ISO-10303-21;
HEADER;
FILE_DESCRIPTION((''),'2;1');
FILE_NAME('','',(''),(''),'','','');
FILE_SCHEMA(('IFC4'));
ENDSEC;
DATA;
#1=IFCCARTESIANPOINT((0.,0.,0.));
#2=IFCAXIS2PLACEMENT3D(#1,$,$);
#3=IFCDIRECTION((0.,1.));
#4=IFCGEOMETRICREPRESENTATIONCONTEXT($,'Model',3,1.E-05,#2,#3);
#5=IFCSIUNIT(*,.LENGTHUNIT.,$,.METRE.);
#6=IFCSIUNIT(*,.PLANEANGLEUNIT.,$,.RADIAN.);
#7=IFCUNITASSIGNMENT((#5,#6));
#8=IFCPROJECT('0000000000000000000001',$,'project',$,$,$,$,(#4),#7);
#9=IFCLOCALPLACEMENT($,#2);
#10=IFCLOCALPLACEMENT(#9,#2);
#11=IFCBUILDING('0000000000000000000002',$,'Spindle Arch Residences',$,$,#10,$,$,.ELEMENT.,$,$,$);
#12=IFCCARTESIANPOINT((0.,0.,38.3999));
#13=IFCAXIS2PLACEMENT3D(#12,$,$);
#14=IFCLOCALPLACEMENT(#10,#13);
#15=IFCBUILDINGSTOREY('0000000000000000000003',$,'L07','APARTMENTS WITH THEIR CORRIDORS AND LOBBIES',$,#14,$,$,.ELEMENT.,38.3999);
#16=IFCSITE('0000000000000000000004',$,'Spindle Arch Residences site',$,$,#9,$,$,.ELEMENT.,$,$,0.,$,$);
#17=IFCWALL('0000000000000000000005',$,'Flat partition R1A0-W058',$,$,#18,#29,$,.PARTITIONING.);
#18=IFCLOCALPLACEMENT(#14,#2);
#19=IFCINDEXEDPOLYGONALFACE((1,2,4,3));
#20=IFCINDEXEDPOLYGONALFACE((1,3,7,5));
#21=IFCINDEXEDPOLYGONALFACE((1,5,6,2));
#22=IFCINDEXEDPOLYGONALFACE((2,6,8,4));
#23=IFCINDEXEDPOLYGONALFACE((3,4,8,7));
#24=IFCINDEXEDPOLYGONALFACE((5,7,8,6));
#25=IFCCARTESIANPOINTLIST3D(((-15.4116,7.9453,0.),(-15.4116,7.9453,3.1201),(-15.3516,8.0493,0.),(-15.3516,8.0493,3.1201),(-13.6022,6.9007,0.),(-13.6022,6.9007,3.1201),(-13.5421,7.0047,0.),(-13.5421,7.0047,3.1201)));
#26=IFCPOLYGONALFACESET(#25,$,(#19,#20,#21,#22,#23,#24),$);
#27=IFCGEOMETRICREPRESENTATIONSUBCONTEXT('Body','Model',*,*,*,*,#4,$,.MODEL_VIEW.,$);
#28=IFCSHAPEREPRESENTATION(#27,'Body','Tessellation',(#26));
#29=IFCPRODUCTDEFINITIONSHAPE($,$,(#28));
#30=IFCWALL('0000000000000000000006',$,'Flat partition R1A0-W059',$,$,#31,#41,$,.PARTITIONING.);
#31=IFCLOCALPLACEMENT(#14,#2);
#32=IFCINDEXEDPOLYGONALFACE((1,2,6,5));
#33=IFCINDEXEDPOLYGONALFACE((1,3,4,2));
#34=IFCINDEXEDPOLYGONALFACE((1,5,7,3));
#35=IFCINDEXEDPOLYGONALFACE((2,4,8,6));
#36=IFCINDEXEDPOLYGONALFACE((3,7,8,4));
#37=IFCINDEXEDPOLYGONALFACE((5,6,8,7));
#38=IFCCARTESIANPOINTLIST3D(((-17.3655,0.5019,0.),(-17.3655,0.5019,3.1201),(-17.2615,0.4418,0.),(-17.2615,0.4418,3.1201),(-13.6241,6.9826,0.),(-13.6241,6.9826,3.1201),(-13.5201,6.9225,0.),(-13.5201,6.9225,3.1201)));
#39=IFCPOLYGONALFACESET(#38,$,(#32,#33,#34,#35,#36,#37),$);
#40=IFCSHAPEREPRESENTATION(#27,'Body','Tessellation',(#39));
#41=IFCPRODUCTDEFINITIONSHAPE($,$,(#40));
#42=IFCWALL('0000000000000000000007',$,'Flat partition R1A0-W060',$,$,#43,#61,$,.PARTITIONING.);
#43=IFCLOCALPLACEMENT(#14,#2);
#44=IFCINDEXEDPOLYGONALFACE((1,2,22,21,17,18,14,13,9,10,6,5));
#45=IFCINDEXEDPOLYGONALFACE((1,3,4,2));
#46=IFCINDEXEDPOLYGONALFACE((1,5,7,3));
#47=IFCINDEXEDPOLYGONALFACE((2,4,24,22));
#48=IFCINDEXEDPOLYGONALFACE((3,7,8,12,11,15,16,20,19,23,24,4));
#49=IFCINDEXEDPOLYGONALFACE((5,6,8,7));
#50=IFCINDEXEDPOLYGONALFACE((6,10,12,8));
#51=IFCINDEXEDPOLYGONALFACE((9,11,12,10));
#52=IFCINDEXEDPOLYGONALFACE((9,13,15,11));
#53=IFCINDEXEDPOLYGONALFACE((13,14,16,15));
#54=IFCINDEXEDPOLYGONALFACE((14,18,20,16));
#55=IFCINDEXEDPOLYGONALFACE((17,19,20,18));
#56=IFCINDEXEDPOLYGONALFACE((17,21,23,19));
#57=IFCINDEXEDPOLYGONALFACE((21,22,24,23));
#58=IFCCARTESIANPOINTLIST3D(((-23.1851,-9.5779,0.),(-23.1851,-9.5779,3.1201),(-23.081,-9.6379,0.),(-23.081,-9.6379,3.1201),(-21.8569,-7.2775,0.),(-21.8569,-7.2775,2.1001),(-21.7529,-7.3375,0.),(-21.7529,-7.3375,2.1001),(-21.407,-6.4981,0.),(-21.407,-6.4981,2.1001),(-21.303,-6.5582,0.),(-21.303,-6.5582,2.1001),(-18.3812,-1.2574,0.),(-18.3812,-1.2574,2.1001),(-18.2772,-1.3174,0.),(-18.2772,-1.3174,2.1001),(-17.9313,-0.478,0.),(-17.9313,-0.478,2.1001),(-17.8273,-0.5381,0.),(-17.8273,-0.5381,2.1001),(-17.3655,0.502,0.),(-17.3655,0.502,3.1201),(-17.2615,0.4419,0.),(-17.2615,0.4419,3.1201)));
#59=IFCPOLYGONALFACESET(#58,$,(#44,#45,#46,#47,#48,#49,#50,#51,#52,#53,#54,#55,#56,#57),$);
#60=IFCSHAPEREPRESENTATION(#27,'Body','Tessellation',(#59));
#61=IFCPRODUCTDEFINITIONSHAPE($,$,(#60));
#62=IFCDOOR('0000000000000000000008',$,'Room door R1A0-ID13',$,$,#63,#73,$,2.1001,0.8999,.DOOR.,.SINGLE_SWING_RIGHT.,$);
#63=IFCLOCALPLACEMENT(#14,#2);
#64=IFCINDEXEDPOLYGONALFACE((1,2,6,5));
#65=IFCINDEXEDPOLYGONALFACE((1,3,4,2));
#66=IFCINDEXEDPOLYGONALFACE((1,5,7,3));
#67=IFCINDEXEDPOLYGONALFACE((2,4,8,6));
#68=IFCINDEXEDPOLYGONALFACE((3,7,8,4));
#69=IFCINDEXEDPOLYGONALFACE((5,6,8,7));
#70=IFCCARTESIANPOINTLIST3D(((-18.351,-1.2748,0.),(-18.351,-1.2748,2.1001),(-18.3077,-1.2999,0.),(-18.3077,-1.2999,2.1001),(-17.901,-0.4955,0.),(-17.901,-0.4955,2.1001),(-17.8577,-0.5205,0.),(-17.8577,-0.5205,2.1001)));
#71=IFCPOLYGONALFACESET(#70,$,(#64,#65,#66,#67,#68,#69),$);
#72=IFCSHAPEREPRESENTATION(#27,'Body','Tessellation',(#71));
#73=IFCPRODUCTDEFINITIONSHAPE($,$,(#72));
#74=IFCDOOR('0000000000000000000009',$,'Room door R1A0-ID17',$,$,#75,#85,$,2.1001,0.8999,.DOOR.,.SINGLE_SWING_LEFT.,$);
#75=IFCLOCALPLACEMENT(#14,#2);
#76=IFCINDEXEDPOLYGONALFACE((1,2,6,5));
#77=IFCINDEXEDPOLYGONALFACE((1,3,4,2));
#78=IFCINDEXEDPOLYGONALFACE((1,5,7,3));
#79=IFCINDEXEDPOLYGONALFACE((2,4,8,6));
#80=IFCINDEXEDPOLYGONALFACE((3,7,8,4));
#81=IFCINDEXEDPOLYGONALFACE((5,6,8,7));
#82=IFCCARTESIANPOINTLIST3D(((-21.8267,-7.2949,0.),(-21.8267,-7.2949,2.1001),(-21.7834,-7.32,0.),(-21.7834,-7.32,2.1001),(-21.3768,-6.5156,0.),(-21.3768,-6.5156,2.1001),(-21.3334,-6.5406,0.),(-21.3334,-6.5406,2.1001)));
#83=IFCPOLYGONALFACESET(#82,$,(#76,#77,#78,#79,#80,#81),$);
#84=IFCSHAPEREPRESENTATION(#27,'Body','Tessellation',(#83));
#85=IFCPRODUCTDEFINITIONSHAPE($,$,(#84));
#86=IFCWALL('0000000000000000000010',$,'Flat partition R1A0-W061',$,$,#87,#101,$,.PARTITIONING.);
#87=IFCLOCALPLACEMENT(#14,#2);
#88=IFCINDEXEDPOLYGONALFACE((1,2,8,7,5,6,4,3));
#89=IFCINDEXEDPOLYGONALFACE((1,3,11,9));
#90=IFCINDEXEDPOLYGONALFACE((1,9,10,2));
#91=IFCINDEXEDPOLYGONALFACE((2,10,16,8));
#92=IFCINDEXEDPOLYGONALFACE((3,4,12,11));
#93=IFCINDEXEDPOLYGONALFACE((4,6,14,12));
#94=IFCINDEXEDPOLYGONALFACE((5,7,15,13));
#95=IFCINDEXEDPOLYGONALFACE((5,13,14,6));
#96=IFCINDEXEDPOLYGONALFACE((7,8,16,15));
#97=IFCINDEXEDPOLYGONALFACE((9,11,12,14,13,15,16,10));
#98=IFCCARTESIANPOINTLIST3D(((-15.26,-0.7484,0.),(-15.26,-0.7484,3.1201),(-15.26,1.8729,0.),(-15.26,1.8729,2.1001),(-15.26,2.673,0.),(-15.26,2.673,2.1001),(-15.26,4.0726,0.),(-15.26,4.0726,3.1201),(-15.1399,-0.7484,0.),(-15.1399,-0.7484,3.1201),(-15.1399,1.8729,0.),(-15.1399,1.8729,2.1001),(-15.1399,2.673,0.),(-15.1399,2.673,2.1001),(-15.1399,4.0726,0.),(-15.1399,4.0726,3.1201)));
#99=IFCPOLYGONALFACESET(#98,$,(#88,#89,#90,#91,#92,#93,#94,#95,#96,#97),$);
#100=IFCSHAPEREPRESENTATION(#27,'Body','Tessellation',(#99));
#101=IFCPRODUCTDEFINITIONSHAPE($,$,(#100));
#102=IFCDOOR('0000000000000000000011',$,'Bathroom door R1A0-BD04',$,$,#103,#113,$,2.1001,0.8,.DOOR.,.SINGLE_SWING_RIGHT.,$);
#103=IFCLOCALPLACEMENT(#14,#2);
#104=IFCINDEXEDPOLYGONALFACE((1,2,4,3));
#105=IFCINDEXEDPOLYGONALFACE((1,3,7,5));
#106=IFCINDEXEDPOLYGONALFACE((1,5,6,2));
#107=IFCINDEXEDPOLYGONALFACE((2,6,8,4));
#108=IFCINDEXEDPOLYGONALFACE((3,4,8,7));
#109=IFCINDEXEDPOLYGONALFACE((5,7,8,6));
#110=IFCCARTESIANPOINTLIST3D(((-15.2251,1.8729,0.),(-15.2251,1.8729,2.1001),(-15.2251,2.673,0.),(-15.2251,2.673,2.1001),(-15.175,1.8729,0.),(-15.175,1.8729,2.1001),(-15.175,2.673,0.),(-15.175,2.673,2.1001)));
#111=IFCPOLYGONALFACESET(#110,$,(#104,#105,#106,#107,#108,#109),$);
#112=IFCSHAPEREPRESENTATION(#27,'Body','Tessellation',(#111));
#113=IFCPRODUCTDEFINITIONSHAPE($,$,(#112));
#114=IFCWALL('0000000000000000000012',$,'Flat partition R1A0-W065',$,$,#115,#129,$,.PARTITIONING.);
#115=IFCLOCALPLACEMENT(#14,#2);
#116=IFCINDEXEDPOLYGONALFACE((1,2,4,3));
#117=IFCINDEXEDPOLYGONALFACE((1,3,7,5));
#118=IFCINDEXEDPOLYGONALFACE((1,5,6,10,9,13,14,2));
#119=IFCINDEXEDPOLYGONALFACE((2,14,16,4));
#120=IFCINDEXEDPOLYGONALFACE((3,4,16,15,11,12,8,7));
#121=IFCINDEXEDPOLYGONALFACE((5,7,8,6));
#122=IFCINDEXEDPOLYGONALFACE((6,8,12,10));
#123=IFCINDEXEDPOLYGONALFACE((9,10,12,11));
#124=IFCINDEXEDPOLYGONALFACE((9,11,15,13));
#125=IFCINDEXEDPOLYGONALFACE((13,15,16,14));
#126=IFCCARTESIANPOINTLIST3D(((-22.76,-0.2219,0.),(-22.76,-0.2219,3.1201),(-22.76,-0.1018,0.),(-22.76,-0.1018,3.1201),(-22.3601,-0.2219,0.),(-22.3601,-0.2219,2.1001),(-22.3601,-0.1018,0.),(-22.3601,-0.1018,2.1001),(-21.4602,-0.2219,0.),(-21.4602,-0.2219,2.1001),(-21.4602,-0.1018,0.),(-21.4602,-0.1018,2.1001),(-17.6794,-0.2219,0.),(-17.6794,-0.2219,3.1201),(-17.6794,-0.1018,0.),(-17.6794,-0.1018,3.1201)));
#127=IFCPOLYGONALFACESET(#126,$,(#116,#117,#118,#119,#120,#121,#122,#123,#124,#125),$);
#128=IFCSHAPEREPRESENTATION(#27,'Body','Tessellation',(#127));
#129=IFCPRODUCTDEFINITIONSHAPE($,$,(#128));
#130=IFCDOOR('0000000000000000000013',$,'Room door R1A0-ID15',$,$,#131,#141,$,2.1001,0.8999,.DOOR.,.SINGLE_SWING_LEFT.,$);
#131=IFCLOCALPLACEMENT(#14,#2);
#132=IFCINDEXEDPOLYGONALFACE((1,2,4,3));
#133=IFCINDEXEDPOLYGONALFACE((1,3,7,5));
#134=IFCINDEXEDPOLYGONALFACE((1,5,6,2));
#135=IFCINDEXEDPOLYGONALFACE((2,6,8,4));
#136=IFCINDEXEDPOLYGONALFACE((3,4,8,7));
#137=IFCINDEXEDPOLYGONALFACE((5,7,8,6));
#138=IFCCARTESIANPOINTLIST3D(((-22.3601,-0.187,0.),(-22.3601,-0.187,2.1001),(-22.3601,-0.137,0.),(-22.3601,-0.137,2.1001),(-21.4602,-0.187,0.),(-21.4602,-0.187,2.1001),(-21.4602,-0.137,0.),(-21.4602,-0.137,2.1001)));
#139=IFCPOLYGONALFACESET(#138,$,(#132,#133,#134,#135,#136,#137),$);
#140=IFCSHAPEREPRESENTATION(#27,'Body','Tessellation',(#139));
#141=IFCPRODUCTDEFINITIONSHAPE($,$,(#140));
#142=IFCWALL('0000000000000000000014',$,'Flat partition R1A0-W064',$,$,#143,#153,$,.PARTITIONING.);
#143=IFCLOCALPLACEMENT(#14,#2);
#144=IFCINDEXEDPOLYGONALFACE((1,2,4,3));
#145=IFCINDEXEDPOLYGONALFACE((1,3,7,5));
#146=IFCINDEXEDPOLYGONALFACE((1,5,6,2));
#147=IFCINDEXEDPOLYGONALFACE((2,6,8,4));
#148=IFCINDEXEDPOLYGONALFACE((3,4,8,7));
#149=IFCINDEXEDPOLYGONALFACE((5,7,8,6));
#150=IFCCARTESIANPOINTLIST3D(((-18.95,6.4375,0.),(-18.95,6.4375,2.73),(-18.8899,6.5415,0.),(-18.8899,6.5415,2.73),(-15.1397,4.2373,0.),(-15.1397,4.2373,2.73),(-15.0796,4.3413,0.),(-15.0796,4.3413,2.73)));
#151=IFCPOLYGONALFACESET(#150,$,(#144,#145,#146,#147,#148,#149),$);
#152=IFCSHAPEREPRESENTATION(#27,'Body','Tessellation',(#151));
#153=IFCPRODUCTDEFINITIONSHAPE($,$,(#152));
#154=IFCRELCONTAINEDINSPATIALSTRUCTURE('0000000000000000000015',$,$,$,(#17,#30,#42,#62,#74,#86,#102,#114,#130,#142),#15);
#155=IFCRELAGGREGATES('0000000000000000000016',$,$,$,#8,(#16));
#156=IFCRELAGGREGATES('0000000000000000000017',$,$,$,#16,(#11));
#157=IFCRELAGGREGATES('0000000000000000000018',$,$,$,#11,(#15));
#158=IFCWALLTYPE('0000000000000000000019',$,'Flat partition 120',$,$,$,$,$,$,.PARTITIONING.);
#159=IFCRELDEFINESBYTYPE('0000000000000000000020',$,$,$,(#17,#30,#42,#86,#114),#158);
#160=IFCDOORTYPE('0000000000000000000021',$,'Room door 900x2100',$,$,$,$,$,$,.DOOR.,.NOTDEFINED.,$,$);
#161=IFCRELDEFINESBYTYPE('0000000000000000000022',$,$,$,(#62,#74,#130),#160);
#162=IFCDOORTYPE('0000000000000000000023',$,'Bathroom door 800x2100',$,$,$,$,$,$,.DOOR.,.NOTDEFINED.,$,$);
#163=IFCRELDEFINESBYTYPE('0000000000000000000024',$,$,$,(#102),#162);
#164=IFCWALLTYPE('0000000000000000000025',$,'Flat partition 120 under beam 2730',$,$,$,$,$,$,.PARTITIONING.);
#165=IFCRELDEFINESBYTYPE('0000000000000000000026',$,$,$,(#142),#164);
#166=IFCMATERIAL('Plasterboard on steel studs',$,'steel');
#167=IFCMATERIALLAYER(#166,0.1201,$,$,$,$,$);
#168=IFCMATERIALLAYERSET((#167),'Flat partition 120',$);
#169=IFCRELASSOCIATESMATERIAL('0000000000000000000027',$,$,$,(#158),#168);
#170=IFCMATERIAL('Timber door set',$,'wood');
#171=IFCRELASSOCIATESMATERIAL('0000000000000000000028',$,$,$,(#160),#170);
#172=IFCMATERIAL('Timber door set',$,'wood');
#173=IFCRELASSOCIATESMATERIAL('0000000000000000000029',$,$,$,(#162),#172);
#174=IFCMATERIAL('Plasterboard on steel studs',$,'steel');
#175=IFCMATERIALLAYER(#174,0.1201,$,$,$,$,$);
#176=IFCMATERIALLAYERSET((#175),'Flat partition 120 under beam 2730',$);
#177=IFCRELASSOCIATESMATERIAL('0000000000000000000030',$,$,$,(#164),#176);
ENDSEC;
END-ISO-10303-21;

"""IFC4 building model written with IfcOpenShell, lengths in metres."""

from ifc_helpers import new_model, si_unit, direction, frame, frame_2d, origin, place, context, subcontext, project, spatial, rectangle, extrude, material, layer, layer_set, type_object, element, fill, save


model = new_model("IFC4")

# Units and contexts
model_context = context("Model", 3, precision=1e-05, world=origin(), true_north=direction((0.0, 1.0)))
body_context = subcontext(model_context, "Body", "Model", "MODEL_VIEW")
ifc_project = project(units=[si_unit("LENGTHUNIT", "METRE"), si_unit("PLANEANGLEUNIT", "RADIAN")], contexts=[model_context])

# Site, building, storey
site_placement = place(None, origin())
site = spatial("IfcSite", under=ifc_project, at=site_placement, Name="Spindle Arch Residences site", CompositionType="ELEMENT", RefElevation=0.0)
building_placement = place(site_placement, origin())
building = spatial("IfcBuilding", under=site, at=building_placement, Name="Spindle Arch Residences", CompositionType="ELEMENT")
storey_placement = place(building_placement, frame((0.0, 0.0, 38.3999)))
storey = spatial("IfcBuildingStorey", under=building, at=storey_placement, Name="L07", Description="APARTMENTS WITH THEIR CORRIDORS AND LOBBIES", CompositionType="ELEMENT", Elevation=38.3999)

# Shared definitions
ifc_material_1 = material(Name="Plasterboard on steel studs", Category="steel")
ifc_layer_1 = layer(ifc_material_1, 0.1201)
ifc_layer_set_1 = layer_set([ifc_layer_1], Name="Flat partition 120")
wall_type_1 = type_object("IfcWallType", Name="Flat partition 120", PredefinedType="PARTITIONING", material=ifc_layer_set_1)
ifc_material_2 = material(Name="Timber door set", Category="wood")
door_type_1 = type_object("IfcDoorType", Name="Room door 900x2100", OperationType="NOTDEFINED", PredefinedType="DOOR", material=ifc_material_2)

# Walls
wall_1_placement = place(storey_placement, frame((-15.3816, 7.9973, 0.0), z_axis=(0.0, 0.0, 1.0), x_axis=(0.866042, -0.499972, 0.0)))
element("IfcWall", 1, at=wall_1_placement, inside=storey, type_object=wall_type_1, Name="Flat partition R1A0-W058", PredefinedType="PARTITIONING", context=body_context, shape_type="SweptSolid", body=[
    extrude(rectangle(XDim=2.0894, YDim=0.1201, at=frame_2d((1.0447, 0.0))), origin(), (0.0, 0.0, 1.0), 3.1201),
])
wall_2_placement = place(storey_placement, frame((-13.572, 6.9526, 0.0), z_axis=(0.0, 0.0, 1.0), x_axis=(-0.499981, -0.866036, 0.0)))
element("IfcWall", 2, at=wall_2_placement, inside=storey, type_object=wall_type_1, Name="Flat partition R1A0-W059", PredefinedType="PARTITIONING", context=body_context, shape_type="SweptSolid", body=[
    extrude(rectangle(XDim=7.4832, YDim=0.1201, at=frame_2d((3.7417, 0.0))), origin(), (0.0, 0.0, 1.0), 3.1201),
])

# Wall, openings, doors
wall_3_placement = place(storey_placement, frame((-17.3135, 0.4719, 0.0), z_axis=(0.0, 0.0, 1.0), x_axis=(-0.499999, -0.866026, 0.0)))
wall_3 = element("IfcWall", 3, at=wall_3_placement, inside=storey, type_object=wall_type_1, Name="Flat partition R1A0-W060", PredefinedType="PARTITIONING", context=body_context, shape_type="SweptSolid", body=[
    extrude(rectangle(XDim=11.6392, YDim=0.1201, at=frame_2d((5.8196, 0.0))), origin(), (0.0, 0.0, 1.0), 3.1201),
])
opening_1_placement = place(wall_3_placement, frame((1.1316, 0.0, 0.0)))
opening_1 = element("IfcOpeningElement", 4, at=opening_1_placement, cuts=wall_3, PredefinedType="OPENING", context=body_context, shape_type="SweptSolid", body=[
    extrude(rectangle(XDim=0.8999, YDim=2.1001, at=frame_2d((0.45, 1.05))), frame((0.0, 0.0701, 0.0), z_axis=(0.0, -1.0, 0.0), x_axis=(1.0, 0.0, 0.0)), (0.0, 0.0, 1.0), 0.1401),
])
opening_2_placement = place(wall_3_placement, frame((8.083, 0.0, 0.0)))
opening_2 = element("IfcOpeningElement", 5, at=opening_2_placement, cuts=wall_3, PredefinedType="OPENING", context=body_context, shape_type="SweptSolid", body=[
    extrude(rectangle(XDim=0.8999, YDim=2.1001, at=frame_2d((0.45, 1.05))), frame((0.0, 0.0701, 0.0), z_axis=(0.0, -1.0, 0.0), x_axis=(1.0, 0.0, 0.0)), (0.0, 0.0, 1.0), 0.1401),
])
door_1_placement = place(opening_1_placement, origin())
door_1 = element("IfcDoor", 6, at=door_1_placement, inside=storey, type_object=door_type_1, Name="Room door R1A0-ID13", OperationType="SINGLE_SWING_RIGHT", OverallHeight=2.1001, OverallWidth=0.8999, PredefinedType="DOOR", context=body_context, shape_type="SweptSolid", body=[
    extrude(rectangle(XDim=0.8999, YDim=2.1001, at=frame_2d((0.45, 1.05))), frame((0.0, 0.0249, 0.0), z_axis=(0.0, -1.0, 0.0), x_axis=(1.0, 0.0, 0.0)), (0.0, 0.0, 1.0), 0.05),
])
fill(opening_1, door_1)
door_2_placement = place(opening_2_placement, origin())
door_2 = element("IfcDoor", 7, at=door_2_placement, inside=storey, type_object=door_type_1, Name="Room door R1A0-ID17", OperationType="SINGLE_SWING_LEFT", OverallHeight=2.1001, OverallWidth=0.8999, PredefinedType="DOOR", context=body_context, shape_type="SweptSolid", body=[
    extrude(rectangle(XDim=0.8999, YDim=2.1001, at=frame_2d((0.45, 1.05))), frame((0.0, 0.0249, 0.0), z_axis=(0.0, -1.0, 0.0), x_axis=(1.0, 0.0, 0.0)), (0.0, 0.0, 1.0), 0.05),
])
fill(opening_2, door_2)

# Walls, openings, doors
wall_4_placement = place(storey_placement, frame((-15.2, 4.0728, 0.0), z_axis=(0.0, 0.0, 1.0), x_axis=(0.0, -1.0, 0.0)))
wall_4 = element("IfcWall", 8, at=wall_4_placement, inside=storey, type_object=wall_type_1, Name="Flat partition R1A0-W061", PredefinedType="PARTITIONING", context=body_context, shape_type="SweptSolid", body=[
    extrude(rectangle(XDim=4.821, YDim=0.1201, at=frame_2d((2.4106, 0.0))), origin(), (0.0, 0.0, 1.0), 3.1201),
])
opening_3_placement = place(wall_4_placement, frame((1.3999, 0.0, 0.0)))
opening_3 = element("IfcOpeningElement", 9, at=opening_3_placement, cuts=wall_4, PredefinedType="OPENING", context=body_context, shape_type="SweptSolid", body=[
    extrude(rectangle(XDim=0.8, YDim=2.1001, at=frame_2d((0.3999, 1.05))), frame((0.0, 0.0701, 0.0), z_axis=(0.0, -1.0, 0.0), x_axis=(1.0, 0.0, 0.0)), (0.0, 0.0, 1.0), 0.1401),
])
ifc_material_3 = material(Name="Timber door set", Category="wood")
door_type_2 = type_object("IfcDoorType", Name="Bathroom door 800x2100", OperationType="NOTDEFINED", PredefinedType="DOOR", material=ifc_material_3)
door_3_placement = place(opening_3_placement, origin())
door_3 = element("IfcDoor", 10, at=door_3_placement, inside=storey, type_object=door_type_2, Name="Bathroom door R1A0-BD04", OperationType="SINGLE_SWING_RIGHT", OverallHeight=2.1001, OverallWidth=0.8, PredefinedType="DOOR", context=body_context, shape_type="SweptSolid", body=[
    extrude(rectangle(XDim=0.8, YDim=2.1001, at=frame_2d((0.3999, 1.05))), frame((0.0, 0.0249, 0.0), z_axis=(0.0, -1.0, 0.0), x_axis=(1.0, 0.0, 0.0)), (0.0, 0.0, 1.0), 0.05),
])
fill(opening_3, door_3)
wall_5_placement = place(storey_placement, frame((-22.76, -0.1619, 0.0), z_axis=(0.0, 0.0, 1.0), x_axis=(1.0, 0.0, 0.0)))
wall_5 = element("IfcWall", 11, at=wall_5_placement, inside=storey, type_object=wall_type_1, Name="Flat partition R1A0-W065", PredefinedType="PARTITIONING", context=body_context, shape_type="SweptSolid", body=[
    extrude(rectangle(XDim=5.0806, YDim=0.1201, at=frame_2d((2.5403, 0.0))), origin(), (0.0, 0.0, 1.0), 3.1201),
])
opening_4_placement = place(wall_5_placement, frame((0.3999, 0.0, 0.0)))
opening_4 = element("IfcOpeningElement", 12, at=opening_4_placement, cuts=wall_5, PredefinedType="OPENING", context=body_context, shape_type="SweptSolid", body=[
    extrude(rectangle(XDim=0.8999, YDim=2.1001, at=frame_2d((0.45, 1.05))), frame((0.0, 0.0701, 0.0), z_axis=(0.0, -1.0, 0.0), x_axis=(1.0, 0.0, 0.0)), (0.0, 0.0, 1.0), 0.1401),
])
door_4_placement = place(opening_4_placement, origin())
door_4 = element("IfcDoor", 13, at=door_4_placement, inside=storey, type_object=door_type_1, Name="Room door R1A0-ID15", OperationType="SINGLE_SWING_LEFT", OverallHeight=2.1001, OverallWidth=0.8999, PredefinedType="DOOR", context=body_context, shape_type="SweptSolid", body=[
    extrude(rectangle(XDim=0.8999, YDim=2.1001, at=frame_2d((0.45, 1.05))), frame((0.0, 0.0249, 0.0), z_axis=(0.0, -1.0, 0.0), x_axis=(1.0, 0.0, 0.0)), (0.0, 0.0, 1.0), 0.05),
])
fill(opening_4, door_4)

# Wall
ifc_material_4 = material(Name="Plasterboard on steel studs", Category="steel")
ifc_layer_2 = layer(ifc_material_4, 0.1201)
ifc_layer_set_2 = layer_set([ifc_layer_2], Name="Flat partition 120 under beam 2730")
wall_type_2 = type_object("IfcWallType", Name="Flat partition 120 under beam 2730", PredefinedType="PARTITIONING", material=ifc_layer_set_2)
wall_6_placement = place(storey_placement, frame((-18.9199, 6.4895, 0.0), z_axis=(0.0, 0.0, 1.0), x_axis=(0.865994, -0.500054, 0.0)))
element("IfcWall", 14, at=wall_6_placement, inside=storey, type_object=wall_type_2, Name="Flat partition R1A0-W064", PredefinedType="PARTITIONING", context=body_context, shape_type="SweptSolid", body=[
    extrude(rectangle(XDim=4.3999, YDim=0.1201, at=frame_2d((2.2, 0.0))), origin(), (0.0, 0.0, 1.0), 2.73),
])

save(model, "model.ifc")
